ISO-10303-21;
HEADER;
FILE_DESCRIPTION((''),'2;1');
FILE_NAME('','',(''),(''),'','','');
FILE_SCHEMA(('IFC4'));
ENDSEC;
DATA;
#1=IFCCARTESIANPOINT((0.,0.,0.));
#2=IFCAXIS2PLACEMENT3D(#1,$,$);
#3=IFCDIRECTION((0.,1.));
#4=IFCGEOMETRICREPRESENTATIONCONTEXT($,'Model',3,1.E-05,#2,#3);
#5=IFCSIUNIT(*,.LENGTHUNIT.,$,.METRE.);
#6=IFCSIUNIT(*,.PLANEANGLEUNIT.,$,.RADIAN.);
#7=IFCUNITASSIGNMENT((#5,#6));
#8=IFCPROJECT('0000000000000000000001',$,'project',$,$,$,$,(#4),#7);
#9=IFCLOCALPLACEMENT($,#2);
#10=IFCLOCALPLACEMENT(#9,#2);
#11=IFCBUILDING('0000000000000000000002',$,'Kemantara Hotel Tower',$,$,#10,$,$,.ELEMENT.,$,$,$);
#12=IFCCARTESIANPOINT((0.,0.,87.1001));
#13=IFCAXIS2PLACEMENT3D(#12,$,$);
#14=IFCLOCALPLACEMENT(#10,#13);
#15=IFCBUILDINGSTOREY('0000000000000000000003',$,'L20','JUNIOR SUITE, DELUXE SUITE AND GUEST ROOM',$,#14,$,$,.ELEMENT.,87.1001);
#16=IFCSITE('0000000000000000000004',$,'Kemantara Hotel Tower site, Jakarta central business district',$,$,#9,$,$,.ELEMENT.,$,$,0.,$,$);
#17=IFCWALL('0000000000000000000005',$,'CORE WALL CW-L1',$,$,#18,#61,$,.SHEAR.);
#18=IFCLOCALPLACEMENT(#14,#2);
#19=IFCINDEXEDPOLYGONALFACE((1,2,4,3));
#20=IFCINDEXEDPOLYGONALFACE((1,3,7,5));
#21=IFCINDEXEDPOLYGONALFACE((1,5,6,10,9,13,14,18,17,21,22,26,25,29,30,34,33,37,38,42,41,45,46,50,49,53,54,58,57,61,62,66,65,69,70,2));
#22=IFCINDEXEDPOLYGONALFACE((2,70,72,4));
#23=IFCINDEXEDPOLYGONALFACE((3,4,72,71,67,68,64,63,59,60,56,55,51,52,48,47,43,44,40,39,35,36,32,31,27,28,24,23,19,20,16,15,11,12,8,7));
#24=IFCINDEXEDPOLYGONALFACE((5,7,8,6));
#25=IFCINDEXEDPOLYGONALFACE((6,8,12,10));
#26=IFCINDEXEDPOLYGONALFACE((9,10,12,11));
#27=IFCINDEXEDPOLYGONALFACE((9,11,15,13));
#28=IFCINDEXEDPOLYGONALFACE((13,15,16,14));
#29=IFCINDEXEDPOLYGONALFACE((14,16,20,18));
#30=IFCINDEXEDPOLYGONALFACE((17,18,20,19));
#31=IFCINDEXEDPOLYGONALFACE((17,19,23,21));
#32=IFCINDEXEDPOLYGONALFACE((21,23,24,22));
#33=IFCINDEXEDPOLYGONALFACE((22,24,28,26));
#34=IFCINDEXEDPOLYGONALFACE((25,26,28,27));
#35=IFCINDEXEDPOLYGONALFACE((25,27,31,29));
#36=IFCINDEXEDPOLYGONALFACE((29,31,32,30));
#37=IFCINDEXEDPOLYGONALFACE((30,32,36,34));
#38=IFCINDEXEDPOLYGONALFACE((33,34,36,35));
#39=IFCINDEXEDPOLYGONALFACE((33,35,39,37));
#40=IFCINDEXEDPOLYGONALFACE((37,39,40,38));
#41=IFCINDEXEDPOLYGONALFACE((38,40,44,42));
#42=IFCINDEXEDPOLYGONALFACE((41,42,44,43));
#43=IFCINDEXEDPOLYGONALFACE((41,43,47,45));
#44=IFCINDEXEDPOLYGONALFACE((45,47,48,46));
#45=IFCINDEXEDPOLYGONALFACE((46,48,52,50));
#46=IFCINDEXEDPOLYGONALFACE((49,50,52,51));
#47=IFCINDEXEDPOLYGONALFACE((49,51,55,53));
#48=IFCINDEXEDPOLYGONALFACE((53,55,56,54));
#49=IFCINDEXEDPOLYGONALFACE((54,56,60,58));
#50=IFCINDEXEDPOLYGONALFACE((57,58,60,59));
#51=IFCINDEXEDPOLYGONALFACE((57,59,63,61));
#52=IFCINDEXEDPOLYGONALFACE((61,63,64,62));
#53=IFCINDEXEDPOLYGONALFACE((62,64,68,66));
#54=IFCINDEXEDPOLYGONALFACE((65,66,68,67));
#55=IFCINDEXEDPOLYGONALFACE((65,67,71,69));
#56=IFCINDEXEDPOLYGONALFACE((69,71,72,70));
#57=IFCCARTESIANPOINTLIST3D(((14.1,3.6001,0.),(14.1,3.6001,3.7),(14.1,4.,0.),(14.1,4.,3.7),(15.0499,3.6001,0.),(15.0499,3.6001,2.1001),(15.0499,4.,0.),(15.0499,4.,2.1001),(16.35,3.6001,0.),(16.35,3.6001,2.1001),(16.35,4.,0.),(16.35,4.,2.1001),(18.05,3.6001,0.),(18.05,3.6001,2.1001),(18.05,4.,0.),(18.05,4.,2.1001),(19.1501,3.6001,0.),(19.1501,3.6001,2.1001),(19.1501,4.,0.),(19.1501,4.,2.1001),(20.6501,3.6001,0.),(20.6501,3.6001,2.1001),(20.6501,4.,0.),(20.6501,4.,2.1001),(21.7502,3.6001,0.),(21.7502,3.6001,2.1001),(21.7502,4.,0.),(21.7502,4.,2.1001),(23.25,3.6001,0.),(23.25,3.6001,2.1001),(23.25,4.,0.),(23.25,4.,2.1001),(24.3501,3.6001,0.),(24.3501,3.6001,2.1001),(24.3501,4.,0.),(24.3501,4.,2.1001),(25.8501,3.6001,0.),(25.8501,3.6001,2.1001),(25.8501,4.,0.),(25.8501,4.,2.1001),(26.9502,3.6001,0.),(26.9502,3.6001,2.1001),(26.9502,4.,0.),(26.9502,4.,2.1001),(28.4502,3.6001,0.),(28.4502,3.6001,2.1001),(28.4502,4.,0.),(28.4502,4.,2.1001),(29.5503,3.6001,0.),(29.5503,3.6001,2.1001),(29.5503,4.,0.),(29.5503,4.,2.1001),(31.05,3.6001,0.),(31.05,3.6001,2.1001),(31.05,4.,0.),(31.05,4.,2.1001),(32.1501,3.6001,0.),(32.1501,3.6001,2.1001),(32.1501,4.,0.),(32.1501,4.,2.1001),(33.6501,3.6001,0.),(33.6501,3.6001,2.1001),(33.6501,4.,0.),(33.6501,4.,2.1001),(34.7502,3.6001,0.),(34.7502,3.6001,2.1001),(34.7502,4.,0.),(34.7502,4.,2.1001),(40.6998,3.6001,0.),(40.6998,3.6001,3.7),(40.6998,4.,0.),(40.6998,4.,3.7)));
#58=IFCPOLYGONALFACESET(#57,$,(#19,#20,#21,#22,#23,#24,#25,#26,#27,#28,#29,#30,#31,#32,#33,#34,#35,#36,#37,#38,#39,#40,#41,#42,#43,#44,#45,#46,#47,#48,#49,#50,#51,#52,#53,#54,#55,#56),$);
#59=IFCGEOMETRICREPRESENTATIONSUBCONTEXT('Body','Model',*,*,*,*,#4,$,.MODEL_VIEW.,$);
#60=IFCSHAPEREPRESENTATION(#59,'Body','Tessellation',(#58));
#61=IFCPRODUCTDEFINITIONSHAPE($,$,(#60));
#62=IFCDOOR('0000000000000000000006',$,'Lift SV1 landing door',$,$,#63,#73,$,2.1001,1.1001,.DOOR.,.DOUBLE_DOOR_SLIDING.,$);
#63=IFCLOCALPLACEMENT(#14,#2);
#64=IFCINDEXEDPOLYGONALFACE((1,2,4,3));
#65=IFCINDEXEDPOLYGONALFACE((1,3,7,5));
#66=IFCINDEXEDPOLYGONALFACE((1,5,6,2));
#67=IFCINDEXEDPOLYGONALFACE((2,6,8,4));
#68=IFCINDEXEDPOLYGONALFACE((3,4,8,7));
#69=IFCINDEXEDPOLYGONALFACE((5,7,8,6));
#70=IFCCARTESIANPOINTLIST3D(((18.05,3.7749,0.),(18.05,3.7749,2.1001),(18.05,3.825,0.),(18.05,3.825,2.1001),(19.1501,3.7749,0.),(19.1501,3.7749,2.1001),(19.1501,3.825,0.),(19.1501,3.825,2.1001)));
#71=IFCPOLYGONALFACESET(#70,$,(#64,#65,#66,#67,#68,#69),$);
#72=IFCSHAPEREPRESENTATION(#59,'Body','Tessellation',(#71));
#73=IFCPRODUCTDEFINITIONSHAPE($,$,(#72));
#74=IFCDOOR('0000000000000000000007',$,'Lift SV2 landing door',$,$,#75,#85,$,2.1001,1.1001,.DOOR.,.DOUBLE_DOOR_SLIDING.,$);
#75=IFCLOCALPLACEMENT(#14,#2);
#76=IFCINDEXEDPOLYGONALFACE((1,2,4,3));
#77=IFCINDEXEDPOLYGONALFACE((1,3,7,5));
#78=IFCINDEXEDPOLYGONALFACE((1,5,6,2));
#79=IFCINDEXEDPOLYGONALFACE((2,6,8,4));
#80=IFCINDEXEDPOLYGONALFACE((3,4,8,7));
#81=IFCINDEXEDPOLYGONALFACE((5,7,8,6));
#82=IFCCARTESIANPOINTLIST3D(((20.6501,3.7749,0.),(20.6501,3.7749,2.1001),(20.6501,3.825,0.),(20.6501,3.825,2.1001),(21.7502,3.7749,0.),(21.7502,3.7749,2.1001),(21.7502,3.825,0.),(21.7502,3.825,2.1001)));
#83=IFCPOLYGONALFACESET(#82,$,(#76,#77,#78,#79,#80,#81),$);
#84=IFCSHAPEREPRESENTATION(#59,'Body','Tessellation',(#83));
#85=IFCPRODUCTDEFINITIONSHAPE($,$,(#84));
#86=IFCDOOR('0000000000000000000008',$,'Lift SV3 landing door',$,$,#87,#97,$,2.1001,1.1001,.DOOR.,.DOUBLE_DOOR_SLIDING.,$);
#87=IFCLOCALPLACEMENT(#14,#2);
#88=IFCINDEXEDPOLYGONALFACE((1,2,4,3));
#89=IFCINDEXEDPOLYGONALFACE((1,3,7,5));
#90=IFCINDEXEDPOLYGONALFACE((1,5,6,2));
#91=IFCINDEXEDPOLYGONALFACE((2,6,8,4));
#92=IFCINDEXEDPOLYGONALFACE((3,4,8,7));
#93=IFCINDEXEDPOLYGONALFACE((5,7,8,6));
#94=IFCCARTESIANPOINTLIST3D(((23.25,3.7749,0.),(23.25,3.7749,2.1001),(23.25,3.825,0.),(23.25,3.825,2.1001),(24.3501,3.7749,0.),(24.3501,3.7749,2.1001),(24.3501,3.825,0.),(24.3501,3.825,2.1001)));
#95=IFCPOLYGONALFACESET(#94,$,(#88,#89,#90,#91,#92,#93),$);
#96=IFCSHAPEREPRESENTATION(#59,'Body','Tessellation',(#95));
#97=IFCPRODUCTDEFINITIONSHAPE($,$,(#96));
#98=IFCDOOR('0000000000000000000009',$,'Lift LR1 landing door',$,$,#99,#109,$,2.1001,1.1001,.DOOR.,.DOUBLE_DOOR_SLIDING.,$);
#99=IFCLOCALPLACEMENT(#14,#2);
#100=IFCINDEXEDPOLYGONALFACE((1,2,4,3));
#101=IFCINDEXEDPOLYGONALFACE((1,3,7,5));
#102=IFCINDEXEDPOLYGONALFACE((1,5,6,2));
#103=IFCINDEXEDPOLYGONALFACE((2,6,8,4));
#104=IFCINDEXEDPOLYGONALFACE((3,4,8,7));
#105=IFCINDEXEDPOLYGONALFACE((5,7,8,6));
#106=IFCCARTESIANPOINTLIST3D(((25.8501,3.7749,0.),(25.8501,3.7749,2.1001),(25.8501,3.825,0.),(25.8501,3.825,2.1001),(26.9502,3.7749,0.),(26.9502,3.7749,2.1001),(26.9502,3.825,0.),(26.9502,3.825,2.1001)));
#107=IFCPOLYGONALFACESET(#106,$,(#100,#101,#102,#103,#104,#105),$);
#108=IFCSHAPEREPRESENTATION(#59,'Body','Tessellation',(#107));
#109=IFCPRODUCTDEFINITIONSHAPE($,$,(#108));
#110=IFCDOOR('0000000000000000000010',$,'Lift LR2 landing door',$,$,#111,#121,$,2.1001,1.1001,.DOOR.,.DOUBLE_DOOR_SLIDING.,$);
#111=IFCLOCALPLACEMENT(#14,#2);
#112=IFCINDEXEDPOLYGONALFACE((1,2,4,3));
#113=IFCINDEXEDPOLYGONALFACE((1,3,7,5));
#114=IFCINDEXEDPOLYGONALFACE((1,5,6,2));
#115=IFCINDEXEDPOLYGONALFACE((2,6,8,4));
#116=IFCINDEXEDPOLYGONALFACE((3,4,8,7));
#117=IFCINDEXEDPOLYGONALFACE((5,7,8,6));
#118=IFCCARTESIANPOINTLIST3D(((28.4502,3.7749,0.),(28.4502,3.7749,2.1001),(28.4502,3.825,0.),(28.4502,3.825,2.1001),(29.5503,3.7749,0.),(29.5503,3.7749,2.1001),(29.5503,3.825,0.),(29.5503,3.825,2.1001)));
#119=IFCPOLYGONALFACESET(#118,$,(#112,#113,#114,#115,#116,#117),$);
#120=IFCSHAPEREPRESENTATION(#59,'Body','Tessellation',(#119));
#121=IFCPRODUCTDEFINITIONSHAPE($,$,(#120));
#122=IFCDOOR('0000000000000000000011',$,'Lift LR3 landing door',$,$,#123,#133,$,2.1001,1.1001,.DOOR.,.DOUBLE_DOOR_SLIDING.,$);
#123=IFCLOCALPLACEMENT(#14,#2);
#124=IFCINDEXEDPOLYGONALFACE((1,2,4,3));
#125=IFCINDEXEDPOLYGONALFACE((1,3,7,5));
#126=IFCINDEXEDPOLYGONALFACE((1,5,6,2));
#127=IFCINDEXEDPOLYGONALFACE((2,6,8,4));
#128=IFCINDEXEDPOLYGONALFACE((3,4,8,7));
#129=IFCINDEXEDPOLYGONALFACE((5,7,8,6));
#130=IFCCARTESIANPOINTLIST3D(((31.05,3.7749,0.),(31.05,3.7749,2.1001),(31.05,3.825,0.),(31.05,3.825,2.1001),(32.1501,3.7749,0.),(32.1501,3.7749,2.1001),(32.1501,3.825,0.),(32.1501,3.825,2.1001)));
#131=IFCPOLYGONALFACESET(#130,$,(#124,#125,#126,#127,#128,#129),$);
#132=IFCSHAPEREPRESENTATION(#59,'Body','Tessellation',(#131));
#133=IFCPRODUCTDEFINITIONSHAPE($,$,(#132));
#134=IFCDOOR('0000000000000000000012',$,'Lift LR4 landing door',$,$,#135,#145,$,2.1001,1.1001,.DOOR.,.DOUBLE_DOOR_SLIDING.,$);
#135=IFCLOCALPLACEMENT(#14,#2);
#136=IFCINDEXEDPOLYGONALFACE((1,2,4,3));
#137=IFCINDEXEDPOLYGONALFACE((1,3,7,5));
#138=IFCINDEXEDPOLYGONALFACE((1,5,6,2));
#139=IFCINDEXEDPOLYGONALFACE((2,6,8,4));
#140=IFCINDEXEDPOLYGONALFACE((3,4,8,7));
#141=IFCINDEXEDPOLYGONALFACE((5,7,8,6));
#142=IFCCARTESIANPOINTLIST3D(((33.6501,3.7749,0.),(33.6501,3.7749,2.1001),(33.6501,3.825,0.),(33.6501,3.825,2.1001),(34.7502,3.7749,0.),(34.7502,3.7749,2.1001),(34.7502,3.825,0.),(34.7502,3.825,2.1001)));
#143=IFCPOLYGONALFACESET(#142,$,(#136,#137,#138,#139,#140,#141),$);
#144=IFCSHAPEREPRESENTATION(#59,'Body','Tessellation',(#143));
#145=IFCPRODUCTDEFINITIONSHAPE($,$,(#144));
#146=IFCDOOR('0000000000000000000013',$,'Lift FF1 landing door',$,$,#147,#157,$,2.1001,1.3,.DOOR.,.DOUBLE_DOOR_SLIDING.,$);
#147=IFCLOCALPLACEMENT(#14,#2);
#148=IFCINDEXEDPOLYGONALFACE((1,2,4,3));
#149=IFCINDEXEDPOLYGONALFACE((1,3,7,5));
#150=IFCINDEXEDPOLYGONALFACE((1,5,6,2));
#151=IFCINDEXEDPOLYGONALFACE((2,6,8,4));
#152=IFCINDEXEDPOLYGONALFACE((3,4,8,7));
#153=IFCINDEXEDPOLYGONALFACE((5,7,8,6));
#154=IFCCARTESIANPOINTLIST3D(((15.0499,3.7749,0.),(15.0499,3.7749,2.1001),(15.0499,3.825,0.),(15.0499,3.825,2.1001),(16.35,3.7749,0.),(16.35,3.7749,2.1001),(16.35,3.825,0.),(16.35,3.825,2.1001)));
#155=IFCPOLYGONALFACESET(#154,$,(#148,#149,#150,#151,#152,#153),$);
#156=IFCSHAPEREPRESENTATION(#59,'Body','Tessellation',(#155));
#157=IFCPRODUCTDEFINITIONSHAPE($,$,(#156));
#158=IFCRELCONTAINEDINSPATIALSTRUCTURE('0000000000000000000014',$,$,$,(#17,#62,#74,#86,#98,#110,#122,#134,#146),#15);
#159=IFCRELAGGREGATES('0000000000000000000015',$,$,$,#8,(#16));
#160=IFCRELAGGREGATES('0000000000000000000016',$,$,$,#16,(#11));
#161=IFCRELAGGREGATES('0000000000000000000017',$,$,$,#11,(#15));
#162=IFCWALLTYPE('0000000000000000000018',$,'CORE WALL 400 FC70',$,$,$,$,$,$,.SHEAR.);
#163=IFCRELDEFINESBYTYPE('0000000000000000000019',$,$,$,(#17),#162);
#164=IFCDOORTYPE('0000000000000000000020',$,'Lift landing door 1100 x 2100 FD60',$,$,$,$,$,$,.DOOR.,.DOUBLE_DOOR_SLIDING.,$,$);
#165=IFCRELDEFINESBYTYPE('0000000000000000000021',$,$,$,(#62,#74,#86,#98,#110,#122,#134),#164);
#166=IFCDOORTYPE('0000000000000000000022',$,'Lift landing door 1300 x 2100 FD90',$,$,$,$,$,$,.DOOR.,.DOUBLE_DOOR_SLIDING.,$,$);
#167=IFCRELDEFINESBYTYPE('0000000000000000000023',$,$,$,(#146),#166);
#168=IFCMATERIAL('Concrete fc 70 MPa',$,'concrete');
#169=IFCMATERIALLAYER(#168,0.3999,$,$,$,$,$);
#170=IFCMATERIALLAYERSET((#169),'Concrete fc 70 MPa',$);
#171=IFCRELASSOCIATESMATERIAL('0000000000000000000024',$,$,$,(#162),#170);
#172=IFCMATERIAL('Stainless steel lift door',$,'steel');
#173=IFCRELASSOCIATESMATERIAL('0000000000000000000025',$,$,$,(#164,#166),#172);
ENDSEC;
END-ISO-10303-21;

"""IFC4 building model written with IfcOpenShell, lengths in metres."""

from ifc_helpers import new_model, si_unit, direction, frame, frame_2d, origin, place, context, subcontext, project, spatial, rectangle, extrude, material, layer, layer_set, type_object, element, fill, save


model = new_model("IFC4")

# Units and contexts
model_context = context("Model", 3, precision=1e-05, world=origin(), true_north=direction((0.0, 1.0)))
body_context = subcontext(model_context, "Body", "Model", "MODEL_VIEW")
ifc_project = project(units=[si_unit("LENGTHUNIT", "METRE"), si_unit("PLANEANGLEUNIT", "RADIAN")], contexts=[model_context])

# Site, building, storey
site_placement = place(None, origin())
site = spatial("IfcSite", under=ifc_project, at=site_placement, Name="Kemantara Hotel Tower site, Jakarta central business district", CompositionType="ELEMENT", RefElevation=0.0)
building_placement = place(site_placement, origin())
building = spatial("IfcBuilding", under=site, at=building_placement, Name="Kemantara Hotel Tower", CompositionType="ELEMENT")
storey_placement = place(building_placement, frame((0.0, 0.0, 87.1001)))
storey = spatial("IfcBuildingStorey", under=building, at=storey_placement, Name="L20", Description="JUNIOR SUITE, DELUXE SUITE AND GUEST ROOM", CompositionType="ELEMENT", Elevation=87.1001)

# Wall, openings, doors
ifc_material_1 = material(Name="Concrete fc 70 MPa", Category="concrete")
ifc_layer_1 = layer(ifc_material_1, 0.3999)
ifc_layer_set_1 = layer_set([ifc_layer_1], Name="Concrete fc 70 MPa")
wall_type_1 = type_object("IfcWallType", Name="CORE WALL 400 FC70", PredefinedType="SHEAR", material=ifc_layer_set_1)
wall_1_placement = place(storey_placement, frame((14.1001, 3.8, 0.0), z_axis=(0.0, 0.0, 1.0), x_axis=(1.0, 0.0, 0.0)))
wall_1 = element("IfcWall", 1, at=wall_1_placement, inside=storey, type_object=wall_type_1, Name="CORE WALL CW-L1", PredefinedType="SHEAR", context=body_context, shape_type="SweptSolid", body=[
    extrude(rectangle(XDim=26.5999, YDim=0.3999, at=frame_2d((13.2998, 0.0))), origin(), (0.0, 0.0, 1.0), 3.7),
])
opening_1_placement = place(wall_1_placement, frame((0.95, 0.0, 0.0)))
opening_1 = element("IfcOpeningElement", 2, at=opening_1_placement, cuts=wall_1, PredefinedType="OPENING", context=body_context, shape_type="SweptSolid", body=[
    extrude(rectangle(XDim=1.3, YDim=2.1001, at=frame_2d((0.6499, 1.05))), frame((0.0, 0.21, 0.0), z_axis=(0.0, -1.0, 0.0), x_axis=(1.0, 0.0, 0.0)), (0.0, 0.0, 1.0), 0.4199),
])
opening_2_placement = place(wall_1_placement, frame((3.95, 0.0, 0.0)))
opening_2 = element("IfcOpeningElement", 3, at=opening_2_placement, cuts=wall_1, PredefinedType="OPENING", context=body_context, shape_type="SweptSolid", body=[
    extrude(rectangle(XDim=1.1001, YDim=2.1001, at=frame_2d((0.55, 1.05))), frame((0.0, 0.21, 0.0), z_axis=(0.0, -1.0, 0.0), x_axis=(1.0, 0.0, 0.0)), (0.0, 0.0, 1.0), 0.4199),
])
opening_3_placement = place(wall_1_placement, frame((6.55, 0.0, 0.0)))
opening_3 = element("IfcOpeningElement", 4, at=opening_3_placement, cuts=wall_1, PredefinedType="OPENING", context=body_context, shape_type="SweptSolid", body=[
    extrude(rectangle(XDim=1.1001, YDim=2.1001, at=frame_2d((0.55, 1.05))), frame((0.0, 0.21, 0.0), z_axis=(0.0, -1.0, 0.0), x_axis=(1.0, 0.0, 0.0)), (0.0, 0.0, 1.0), 0.4199),
])
opening_4_placement = place(wall_1_placement, frame((9.1499, 0.0, 0.0)))
opening_4 = element("IfcOpeningElement", 5, at=opening_4_placement, cuts=wall_1, PredefinedType="OPENING", context=body_context, shape_type="SweptSolid", body=[
    extrude(rectangle(XDim=1.1001, YDim=2.1001, at=frame_2d((0.55, 1.05))), frame((0.0, 0.21, 0.0), z_axis=(0.0, -1.0, 0.0), x_axis=(1.0, 0.0, 0.0)), (0.0, 0.0, 1.0), 0.4199),
])
opening_5_placement = place(wall_1_placement, frame((11.75, 0.0, 0.0)))
opening_5 = element("IfcOpeningElement", 6, at=opening_5_placement, cuts=wall_1, PredefinedType="OPENING", context=body_context, shape_type="SweptSolid", body=[
    extrude(rectangle(XDim=1.1001, YDim=2.1001, at=frame_2d((0.55, 1.05))), frame((0.0, 0.21, 0.0), z_axis=(0.0, -1.0, 0.0), x_axis=(1.0, 0.0, 0.0)), (0.0, 0.0, 1.0), 0.4199),
])
opening_6_placement = place(wall_1_placement, frame((14.3501, 0.0, 0.0)))
opening_6 = element("IfcOpeningElement", 7, at=opening_6_placement, cuts=wall_1, PredefinedType="OPENING", context=body_context, shape_type="SweptSolid", body=[
    extrude(rectangle(XDim=1.1001, YDim=2.1001, at=frame_2d((0.55, 1.05))), frame((0.0, 0.21, 0.0), z_axis=(0.0, -1.0, 0.0), x_axis=(1.0, 0.0, 0.0)), (0.0, 0.0, 1.0), 0.4199),
])
opening_7_placement = place(wall_1_placement, frame((16.95, 0.0, 0.0)))
opening_7 = element("IfcOpeningElement", 8, at=opening_7_placement, cuts=wall_1, PredefinedType="OPENING", context=body_context, shape_type="SweptSolid", body=[
    extrude(rectangle(XDim=1.1001, YDim=2.1001, at=frame_2d((0.55, 1.05))), frame((0.0, 0.21, 0.0), z_axis=(0.0, -1.0, 0.0), x_axis=(1.0, 0.0, 0.0)), (0.0, 0.0, 1.0), 0.4199),
])
opening_8_placement = place(wall_1_placement, frame((19.55, 0.0, 0.0)))
opening_8 = element("IfcOpeningElement", 9, at=opening_8_placement, cuts=wall_1, PredefinedType="OPENING", context=body_context, shape_type="SweptSolid", body=[
    extrude(rectangle(XDim=1.1001, YDim=2.1001, at=frame_2d((0.55, 1.05))), frame((0.0, 0.21, 0.0), z_axis=(0.0, -1.0, 0.0), x_axis=(1.0, 0.0, 0.0)), (0.0, 0.0, 1.0), 0.4199),
])
ifc_material_2 = material(Name="Stainless steel lift door", Category="steel")
door_type_1 = type_object("IfcDoorType", Name="Lift landing door 1100 x 2100 FD60", OperationType="DOUBLE_DOOR_SLIDING", PredefinedType="DOOR", material=ifc_material_2)
door_1_placement = place(opening_2_placement, origin())
door_1 = element("IfcDoor", 10, at=door_1_placement, inside=storey, type_object=door_type_1, Name="Lift SV1 landing door", OperationType="DOUBLE_DOOR_SLIDING", OverallHeight=2.1001, OverallWidth=1.1001, PredefinedType="DOOR", context=body_context, shape_type="SweptSolid", body=[
    extrude(rectangle(XDim=1.1001, YDim=2.1001, at=frame_2d((0.55, 1.05))), frame((0.0, 0.0249, 0.0), z_axis=(0.0, -1.0, 0.0), x_axis=(1.0, 0.0, 0.0)), (0.0, 0.0, 1.0), 0.05),
])
fill(opening_2, door_1)
door_2_placement = place(opening_3_placement, origin())
door_2 = element("IfcDoor", 11, at=door_2_placement, inside=storey, type_object=door_type_1, Name="Lift SV2 landing door", OperationType="DOUBLE_DOOR_SLIDING", OverallHeight=2.1001, OverallWidth=1.1001, PredefinedType="DOOR", context=body_context, shape_type="SweptSolid", body=[
    extrude(rectangle(XDim=1.1001, YDim=2.1001, at=frame_2d((0.55, 1.05))), frame((0.0, 0.0249, 0.0), z_axis=(0.0, -1.0, 0.0), x_axis=(1.0, 0.0, 0.0)), (0.0, 0.0, 1.0), 0.05),
])
fill(opening_3, door_2)
door_3_placement = place(opening_4_placement, origin())
door_3 = element("IfcDoor", 12, at=door_3_placement, inside=storey, type_object=door_type_1, Name="Lift SV3 landing door", OperationType="DOUBLE_DOOR_SLIDING", OverallHeight=2.1001, OverallWidth=1.1001, PredefinedType="DOOR", context=body_context, shape_type="SweptSolid", body=[
    extrude(rectangle(XDim=1.1001, YDim=2.1001, at=frame_2d((0.55, 1.05))), frame((0.0, 0.0249, 0.0), z_axis=(0.0, -1.0, 0.0), x_axis=(1.0, 0.0, 0.0)), (0.0, 0.0, 1.0), 0.05),
])
fill(opening_4, door_3)
door_4_placement = place(opening_5_placement, origin())
door_4 = element("IfcDoor", 13, at=door_4_placement, inside=storey, type_object=door_type_1, Name="Lift LR1 landing door", OperationType="DOUBLE_DOOR_SLIDING", OverallHeight=2.1001, OverallWidth=1.1001, PredefinedType="DOOR", context=body_context, shape_type="SweptSolid", body=[
    extrude(rectangle(XDim=1.1001, YDim=2.1001, at=frame_2d((0.55, 1.05))), frame((0.0, 0.0249, 0.0), z_axis=(0.0, -1.0, 0.0), x_axis=(1.0, 0.0, 0.0)), (0.0, 0.0, 1.0), 0.05),
])
fill(opening_5, door_4)
door_5_placement = place(opening_6_placement, origin())
door_5 = element("IfcDoor", 14, at=door_5_placement, inside=storey, type_object=door_type_1, Name="Lift LR2 landing door", OperationType="DOUBLE_DOOR_SLIDING", OverallHeight=2.1001, OverallWidth=1.1001, PredefinedType="DOOR", context=body_context, shape_type="SweptSolid", body=[
    extrude(rectangle(XDim=1.1001, YDim=2.1001, at=frame_2d((0.55, 1.05))), frame((0.0, 0.0249, 0.0), z_axis=(0.0, -1.0, 0.0), x_axis=(1.0, 0.0, 0.0)), (0.0, 0.0, 1.0), 0.05),
])
fill(opening_6, door_5)
door_6_placement = place(opening_7_placement, origin())
door_6 = element("IfcDoor", 15, at=door_6_placement, inside=storey, type_object=door_type_1, Name="Lift LR3 landing door", OperationType="DOUBLE_DOOR_SLIDING", OverallHeight=2.1001, OverallWidth=1.1001, PredefinedType="DOOR", context=body_context, shape_type="SweptSolid", body=[
    extrude(rectangle(XDim=1.1001, YDim=2.1001, at=frame_2d((0.55, 1.05))), frame((0.0, 0.0249, 0.0), z_axis=(0.0, -1.0, 0.0), x_axis=(1.0, 0.0, 0.0)), (0.0, 0.0, 1.0), 0.05),
])
fill(opening_7, door_6)
door_7_placement = place(opening_8_placement, origin())
door_7 = element("IfcDoor", 16, at=door_7_placement, inside=storey, type_object=door_type_1, Name="Lift LR4 landing door", OperationType="DOUBLE_DOOR_SLIDING", OverallHeight=2.1001, OverallWidth=1.1001, PredefinedType="DOOR", context=body_context, shape_type="SweptSolid", body=[
    extrude(rectangle(XDim=1.1001, YDim=2.1001, at=frame_2d((0.55, 1.05))), frame((0.0, 0.0249, 0.0), z_axis=(0.0, -1.0, 0.0), x_axis=(1.0, 0.0, 0.0)), (0.0, 0.0, 1.0), 0.05),
])
fill(opening_8, door_7)
door_type_2 = type_object("IfcDoorType", Name="Lift landing door 1300 x 2100 FD90", OperationType="DOUBLE_DOOR_SLIDING", PredefinedType="DOOR", material=ifc_material_2)
door_8_placement = place(opening_1_placement, origin())
door_8 = element("IfcDoor", 17, at=door_8_placement, inside=storey, type_object=door_type_2, Name="Lift FF1 landing door", OperationType="DOUBLE_DOOR_SLIDING", OverallHeight=2.1001, OverallWidth=1.3, PredefinedType="DOOR", context=body_context, shape_type="SweptSolid", body=[
    extrude(rectangle(XDim=1.3, YDim=2.1001, at=frame_2d((0.6499, 1.05))), frame((0.0, 0.0249, 0.0), z_axis=(0.0, -1.0, 0.0), x_axis=(1.0, 0.0, 0.0)), (0.0, 0.0, 1.0), 0.05),
])
fill(opening_1, door_8)

save(model, "model.ifc")
